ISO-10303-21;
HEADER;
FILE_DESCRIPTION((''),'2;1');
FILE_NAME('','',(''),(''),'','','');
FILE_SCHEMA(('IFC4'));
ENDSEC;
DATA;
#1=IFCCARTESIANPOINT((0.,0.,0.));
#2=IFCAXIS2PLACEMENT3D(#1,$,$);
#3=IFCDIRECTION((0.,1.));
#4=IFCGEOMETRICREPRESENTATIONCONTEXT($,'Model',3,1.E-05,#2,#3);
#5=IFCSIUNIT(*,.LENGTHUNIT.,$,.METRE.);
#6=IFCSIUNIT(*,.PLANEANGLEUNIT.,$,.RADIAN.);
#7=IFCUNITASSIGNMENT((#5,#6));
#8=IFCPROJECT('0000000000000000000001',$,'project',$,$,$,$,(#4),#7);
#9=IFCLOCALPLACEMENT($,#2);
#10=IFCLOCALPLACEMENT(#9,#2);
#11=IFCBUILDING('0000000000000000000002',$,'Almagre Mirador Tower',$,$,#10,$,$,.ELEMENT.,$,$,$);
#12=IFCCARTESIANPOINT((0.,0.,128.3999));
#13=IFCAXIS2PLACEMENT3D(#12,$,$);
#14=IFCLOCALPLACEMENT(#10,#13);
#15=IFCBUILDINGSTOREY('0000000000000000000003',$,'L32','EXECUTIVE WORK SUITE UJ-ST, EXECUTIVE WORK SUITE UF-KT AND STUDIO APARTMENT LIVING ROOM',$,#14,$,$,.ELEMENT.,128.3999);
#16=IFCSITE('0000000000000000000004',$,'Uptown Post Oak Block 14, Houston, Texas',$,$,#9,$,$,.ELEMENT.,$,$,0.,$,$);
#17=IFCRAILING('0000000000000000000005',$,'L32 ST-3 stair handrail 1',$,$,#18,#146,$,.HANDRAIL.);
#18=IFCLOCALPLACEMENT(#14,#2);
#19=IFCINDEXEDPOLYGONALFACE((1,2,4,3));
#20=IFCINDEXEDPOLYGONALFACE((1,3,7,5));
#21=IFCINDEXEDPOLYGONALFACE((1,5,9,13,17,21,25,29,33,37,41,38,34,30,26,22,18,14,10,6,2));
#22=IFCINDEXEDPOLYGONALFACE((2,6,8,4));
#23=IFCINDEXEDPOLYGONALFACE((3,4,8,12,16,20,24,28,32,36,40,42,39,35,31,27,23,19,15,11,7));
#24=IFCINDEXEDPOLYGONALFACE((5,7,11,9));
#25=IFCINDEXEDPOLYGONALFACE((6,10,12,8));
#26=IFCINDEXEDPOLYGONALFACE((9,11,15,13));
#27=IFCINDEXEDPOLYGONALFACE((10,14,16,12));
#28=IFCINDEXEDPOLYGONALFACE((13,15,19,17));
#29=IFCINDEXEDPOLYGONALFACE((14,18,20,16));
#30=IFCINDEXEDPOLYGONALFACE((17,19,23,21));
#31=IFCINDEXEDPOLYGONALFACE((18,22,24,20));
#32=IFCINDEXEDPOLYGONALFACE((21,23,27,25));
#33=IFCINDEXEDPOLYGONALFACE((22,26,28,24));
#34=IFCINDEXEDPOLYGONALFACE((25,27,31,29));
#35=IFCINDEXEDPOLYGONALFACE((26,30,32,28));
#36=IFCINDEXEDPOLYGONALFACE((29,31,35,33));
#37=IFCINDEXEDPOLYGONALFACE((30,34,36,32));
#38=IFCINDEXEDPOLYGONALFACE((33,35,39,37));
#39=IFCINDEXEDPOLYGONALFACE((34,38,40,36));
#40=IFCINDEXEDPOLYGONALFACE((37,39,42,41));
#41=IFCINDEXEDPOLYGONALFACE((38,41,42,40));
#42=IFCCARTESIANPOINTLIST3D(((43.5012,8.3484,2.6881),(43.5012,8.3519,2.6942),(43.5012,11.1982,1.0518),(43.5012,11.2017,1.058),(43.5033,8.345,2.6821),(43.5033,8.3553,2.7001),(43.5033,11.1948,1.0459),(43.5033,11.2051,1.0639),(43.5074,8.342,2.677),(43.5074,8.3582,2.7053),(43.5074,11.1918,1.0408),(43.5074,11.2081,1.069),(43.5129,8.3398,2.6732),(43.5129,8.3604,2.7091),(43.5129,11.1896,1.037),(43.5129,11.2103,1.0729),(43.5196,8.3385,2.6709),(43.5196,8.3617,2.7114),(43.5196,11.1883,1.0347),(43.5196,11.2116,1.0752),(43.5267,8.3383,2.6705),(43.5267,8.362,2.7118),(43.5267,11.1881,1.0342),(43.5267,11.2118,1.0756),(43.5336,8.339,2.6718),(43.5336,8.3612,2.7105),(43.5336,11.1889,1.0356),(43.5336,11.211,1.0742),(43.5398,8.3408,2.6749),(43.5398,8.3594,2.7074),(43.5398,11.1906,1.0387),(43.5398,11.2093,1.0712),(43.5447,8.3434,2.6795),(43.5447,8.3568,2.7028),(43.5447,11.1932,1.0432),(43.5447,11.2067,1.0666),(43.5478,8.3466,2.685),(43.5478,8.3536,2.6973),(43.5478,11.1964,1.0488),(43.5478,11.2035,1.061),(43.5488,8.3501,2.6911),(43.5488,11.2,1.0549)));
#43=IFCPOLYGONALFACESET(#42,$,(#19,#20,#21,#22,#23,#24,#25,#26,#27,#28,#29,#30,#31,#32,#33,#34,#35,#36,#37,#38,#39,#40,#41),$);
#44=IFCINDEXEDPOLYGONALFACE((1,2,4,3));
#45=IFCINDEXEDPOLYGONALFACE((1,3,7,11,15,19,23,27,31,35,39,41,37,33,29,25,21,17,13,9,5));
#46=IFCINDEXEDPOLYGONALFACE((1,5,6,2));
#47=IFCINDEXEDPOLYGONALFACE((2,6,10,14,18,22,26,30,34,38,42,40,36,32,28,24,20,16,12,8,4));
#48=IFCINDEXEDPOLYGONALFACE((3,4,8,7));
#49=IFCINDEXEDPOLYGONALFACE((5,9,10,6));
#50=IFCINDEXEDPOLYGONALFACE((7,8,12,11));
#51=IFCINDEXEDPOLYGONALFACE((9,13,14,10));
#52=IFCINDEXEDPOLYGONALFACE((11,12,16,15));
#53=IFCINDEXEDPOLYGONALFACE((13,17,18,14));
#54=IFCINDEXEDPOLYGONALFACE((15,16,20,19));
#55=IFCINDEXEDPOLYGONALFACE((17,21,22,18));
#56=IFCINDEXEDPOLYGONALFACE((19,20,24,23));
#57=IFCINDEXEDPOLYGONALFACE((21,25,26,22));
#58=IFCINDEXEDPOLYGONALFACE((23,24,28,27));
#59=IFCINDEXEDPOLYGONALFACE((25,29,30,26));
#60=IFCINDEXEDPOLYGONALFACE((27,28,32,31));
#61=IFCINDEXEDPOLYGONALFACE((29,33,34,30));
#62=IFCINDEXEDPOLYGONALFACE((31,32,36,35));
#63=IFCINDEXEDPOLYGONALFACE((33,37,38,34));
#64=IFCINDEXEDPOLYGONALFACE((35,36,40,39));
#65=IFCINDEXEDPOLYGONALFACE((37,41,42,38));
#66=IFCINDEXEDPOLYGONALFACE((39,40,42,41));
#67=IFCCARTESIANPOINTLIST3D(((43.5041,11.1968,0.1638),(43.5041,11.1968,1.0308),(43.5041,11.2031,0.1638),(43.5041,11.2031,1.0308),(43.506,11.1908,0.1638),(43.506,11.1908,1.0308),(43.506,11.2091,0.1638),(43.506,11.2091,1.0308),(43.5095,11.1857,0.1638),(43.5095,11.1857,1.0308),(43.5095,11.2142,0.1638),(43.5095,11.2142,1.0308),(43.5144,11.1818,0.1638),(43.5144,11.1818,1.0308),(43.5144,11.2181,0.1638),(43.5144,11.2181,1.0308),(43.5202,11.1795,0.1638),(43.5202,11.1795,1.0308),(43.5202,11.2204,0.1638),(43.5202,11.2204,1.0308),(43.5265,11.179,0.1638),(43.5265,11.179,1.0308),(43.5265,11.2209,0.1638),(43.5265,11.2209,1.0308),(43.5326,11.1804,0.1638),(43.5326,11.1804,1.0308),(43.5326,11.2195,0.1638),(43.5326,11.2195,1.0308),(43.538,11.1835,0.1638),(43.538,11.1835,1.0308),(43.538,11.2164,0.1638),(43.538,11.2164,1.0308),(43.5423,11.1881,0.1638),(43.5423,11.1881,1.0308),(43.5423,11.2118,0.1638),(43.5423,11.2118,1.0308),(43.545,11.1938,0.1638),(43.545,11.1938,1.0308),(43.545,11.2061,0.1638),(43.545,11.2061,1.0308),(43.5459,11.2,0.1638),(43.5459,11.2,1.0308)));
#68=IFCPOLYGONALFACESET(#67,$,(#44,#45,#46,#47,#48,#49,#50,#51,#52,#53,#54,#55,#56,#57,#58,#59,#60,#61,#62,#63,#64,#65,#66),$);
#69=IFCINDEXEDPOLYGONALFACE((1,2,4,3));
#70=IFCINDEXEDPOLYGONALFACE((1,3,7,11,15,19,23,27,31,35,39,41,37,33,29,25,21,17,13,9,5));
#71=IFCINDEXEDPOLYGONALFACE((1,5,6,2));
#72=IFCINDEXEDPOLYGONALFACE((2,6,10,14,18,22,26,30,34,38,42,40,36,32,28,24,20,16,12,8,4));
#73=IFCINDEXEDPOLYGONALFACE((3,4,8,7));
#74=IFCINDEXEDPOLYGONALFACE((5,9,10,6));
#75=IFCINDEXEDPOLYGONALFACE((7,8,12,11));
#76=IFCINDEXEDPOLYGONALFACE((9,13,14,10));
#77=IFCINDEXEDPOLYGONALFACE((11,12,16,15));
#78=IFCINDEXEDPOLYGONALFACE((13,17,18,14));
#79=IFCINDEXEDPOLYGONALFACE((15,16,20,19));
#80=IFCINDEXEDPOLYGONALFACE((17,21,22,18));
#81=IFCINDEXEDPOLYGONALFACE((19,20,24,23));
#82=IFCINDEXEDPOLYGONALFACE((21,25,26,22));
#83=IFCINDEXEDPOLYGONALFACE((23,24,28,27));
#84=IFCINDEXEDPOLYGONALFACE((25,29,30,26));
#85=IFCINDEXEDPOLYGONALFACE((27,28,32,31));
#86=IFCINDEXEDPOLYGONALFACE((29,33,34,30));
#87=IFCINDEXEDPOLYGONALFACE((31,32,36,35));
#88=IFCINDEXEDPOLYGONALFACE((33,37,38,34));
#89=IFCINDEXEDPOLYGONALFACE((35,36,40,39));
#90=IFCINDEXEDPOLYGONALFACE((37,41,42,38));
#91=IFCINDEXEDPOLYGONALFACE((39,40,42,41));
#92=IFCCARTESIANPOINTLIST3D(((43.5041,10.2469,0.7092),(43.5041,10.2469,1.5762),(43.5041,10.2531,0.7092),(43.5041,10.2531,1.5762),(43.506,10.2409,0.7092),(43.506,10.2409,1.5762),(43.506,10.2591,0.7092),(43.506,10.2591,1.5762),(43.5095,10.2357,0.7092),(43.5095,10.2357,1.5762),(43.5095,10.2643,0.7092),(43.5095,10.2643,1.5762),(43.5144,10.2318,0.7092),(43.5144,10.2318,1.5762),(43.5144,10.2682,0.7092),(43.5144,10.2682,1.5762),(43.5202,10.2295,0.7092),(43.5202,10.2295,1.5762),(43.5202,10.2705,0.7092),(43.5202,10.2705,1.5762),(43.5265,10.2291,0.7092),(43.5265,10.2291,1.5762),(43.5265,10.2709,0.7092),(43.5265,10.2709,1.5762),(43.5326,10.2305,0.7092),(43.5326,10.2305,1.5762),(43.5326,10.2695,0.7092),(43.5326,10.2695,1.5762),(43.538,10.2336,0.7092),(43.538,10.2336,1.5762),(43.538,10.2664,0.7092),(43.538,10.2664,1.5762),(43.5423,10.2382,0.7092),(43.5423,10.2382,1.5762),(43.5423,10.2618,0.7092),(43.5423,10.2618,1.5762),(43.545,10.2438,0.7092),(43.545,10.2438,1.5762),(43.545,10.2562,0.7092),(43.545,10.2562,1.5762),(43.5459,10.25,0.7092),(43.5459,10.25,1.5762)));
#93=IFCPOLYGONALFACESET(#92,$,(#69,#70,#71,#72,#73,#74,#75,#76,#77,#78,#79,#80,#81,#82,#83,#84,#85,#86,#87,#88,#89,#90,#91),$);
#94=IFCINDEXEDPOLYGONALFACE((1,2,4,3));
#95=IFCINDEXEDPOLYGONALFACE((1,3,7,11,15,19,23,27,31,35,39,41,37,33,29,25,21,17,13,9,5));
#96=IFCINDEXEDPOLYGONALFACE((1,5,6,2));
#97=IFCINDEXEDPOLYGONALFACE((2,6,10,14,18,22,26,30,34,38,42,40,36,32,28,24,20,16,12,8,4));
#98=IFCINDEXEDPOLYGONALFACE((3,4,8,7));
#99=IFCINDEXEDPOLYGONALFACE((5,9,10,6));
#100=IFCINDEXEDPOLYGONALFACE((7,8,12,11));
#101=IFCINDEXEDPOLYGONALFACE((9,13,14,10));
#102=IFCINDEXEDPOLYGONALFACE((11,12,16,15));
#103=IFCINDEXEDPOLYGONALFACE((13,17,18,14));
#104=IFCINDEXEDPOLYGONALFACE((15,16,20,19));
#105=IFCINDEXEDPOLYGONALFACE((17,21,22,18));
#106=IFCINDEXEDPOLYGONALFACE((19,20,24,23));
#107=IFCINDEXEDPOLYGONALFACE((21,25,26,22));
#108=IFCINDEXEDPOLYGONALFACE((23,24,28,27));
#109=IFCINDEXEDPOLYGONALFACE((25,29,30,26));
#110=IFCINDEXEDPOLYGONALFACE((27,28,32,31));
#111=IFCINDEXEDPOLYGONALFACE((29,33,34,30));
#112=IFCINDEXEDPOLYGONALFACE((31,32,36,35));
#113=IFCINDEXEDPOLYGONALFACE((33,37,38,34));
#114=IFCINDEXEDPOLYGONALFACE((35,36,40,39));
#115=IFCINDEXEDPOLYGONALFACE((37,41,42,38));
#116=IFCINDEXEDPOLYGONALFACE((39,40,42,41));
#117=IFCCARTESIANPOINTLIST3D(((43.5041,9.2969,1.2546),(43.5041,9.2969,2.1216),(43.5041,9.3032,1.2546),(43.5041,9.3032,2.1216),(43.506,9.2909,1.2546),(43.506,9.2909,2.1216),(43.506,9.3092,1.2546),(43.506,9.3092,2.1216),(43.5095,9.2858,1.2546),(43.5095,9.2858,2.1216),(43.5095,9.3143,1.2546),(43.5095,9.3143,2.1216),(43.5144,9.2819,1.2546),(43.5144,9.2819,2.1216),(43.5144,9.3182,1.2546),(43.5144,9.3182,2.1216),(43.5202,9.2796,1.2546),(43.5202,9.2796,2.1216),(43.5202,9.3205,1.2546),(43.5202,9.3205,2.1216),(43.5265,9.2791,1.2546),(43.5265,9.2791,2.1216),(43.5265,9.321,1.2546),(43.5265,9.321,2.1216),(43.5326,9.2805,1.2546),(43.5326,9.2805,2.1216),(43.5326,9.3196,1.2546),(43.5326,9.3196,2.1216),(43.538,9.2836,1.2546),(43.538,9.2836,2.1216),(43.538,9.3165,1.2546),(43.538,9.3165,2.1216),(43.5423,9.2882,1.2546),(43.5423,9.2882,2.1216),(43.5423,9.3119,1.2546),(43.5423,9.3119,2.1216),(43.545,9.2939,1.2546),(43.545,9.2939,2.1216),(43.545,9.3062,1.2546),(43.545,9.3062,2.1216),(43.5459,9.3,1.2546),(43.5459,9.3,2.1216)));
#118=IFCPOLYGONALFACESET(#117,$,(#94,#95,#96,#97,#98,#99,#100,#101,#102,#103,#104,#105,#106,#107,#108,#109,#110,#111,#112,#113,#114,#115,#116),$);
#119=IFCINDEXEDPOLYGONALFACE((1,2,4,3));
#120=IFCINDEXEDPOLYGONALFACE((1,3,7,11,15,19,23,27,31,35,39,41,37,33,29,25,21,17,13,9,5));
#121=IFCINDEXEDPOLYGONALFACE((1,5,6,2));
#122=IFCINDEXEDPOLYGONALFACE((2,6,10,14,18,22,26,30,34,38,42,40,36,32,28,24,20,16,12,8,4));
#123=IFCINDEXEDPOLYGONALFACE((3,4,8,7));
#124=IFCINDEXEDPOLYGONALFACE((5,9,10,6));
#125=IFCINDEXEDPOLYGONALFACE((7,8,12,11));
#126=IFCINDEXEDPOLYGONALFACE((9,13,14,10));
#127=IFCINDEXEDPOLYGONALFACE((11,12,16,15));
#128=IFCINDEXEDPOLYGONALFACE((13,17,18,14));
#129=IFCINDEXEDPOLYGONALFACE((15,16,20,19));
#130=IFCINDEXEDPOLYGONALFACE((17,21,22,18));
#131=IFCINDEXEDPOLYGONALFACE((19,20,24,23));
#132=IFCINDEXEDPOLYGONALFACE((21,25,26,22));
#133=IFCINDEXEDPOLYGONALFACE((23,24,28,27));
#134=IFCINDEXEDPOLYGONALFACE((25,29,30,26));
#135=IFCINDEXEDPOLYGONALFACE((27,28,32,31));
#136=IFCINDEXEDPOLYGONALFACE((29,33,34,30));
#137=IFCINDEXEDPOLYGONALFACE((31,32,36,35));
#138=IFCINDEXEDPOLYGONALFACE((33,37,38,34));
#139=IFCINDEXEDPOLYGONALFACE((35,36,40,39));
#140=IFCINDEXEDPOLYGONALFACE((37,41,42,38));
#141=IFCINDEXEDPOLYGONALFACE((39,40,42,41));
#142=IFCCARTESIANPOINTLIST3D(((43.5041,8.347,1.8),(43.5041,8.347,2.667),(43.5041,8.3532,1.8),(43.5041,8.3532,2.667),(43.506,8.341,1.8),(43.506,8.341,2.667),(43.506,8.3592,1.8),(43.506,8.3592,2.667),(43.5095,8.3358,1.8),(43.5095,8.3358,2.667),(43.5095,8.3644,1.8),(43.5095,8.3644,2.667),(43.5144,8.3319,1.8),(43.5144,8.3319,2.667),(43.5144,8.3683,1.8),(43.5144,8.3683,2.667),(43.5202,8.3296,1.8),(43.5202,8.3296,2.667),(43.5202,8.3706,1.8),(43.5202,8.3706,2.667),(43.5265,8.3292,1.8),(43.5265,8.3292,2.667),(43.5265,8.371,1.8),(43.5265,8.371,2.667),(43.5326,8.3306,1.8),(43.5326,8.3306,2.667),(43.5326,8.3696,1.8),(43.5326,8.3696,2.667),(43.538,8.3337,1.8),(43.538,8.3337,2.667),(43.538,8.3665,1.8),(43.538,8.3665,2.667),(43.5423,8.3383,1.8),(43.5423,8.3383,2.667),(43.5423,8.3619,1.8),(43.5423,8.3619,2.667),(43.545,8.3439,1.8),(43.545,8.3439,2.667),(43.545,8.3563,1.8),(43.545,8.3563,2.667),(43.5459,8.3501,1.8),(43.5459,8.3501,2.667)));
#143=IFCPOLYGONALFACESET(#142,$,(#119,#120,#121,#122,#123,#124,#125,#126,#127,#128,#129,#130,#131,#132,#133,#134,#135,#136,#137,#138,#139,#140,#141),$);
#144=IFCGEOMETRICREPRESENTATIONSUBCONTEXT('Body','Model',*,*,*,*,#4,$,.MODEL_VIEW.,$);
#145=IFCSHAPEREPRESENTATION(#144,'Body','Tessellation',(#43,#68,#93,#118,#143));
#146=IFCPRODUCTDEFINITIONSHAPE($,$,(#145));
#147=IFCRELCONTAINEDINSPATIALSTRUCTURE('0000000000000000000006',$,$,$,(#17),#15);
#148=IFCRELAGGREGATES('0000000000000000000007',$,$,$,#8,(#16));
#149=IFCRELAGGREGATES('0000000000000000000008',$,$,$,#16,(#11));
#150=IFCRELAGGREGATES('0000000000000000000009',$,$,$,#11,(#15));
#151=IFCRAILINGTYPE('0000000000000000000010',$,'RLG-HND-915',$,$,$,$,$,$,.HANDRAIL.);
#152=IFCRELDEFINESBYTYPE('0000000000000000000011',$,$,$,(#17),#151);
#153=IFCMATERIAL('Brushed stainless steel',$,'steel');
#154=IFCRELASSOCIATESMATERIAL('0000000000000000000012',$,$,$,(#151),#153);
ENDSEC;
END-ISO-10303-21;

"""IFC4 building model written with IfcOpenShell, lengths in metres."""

from ifc_helpers import new_model, si_unit, direction, frame, origin, origin_2d, place, context, subcontext, project, spatial, circle, extrude, material, type_object, element, save


model = new_model("IFC4")

# Units and contexts
model_context = context("Model", 3, precision=1e-05, world=origin(), true_north=direction((0.0, 1.0)))
body_context = subcontext(model_context, "Body", "Model", "MODEL_VIEW")
ifc_project = project(units=[si_unit("LENGTHUNIT", "METRE"), si_unit("PLANEANGLEUNIT", "RADIAN")], contexts=[model_context])

# Site, building, storey
site_placement = place(None, origin())
site = spatial("IfcSite", under=ifc_project, at=site_placement, Name="Uptown Post Oak Block 14, Houston, Texas", CompositionType="ELEMENT", RefElevation=0.0)
building_placement = place(site_placement, origin())
building = spatial("IfcBuilding", under=site, at=building_placement, Name="Almagre Mirador Tower", CompositionType="ELEMENT")
storey_placement = place(building_placement, frame((0.0, 0.0, 128.3999)))
storey = spatial("IfcBuildingStorey", under=building, at=storey_placement, Name="L32", Description="EXECUTIVE WORK SUITE UJ-ST, EXECUTIVE WORK SUITE UF-KT AND STUDIO APARTMENT LIVING ROOM", CompositionType="ELEMENT", Elevation=128.3999)

# Railing
ifc_material_1 = material(Name="Brushed stainless steel", Category="steel")
railing_type_1 = type_object("IfcRailingType", Name="RLG-HND-915", PredefinedType="HANDRAIL", material=ifc_material_1)
railing_1_placement = place(storey_placement, frame((43.5249, 11.2, 0.1638)))
element("IfcRailing", 1, at=railing_1_placement, inside=storey, type_object=railing_type_1, Name="L32 ST-3 stair handrail 1", PredefinedType="HANDRAIL", context=body_context, shape_type="SweptSolid", body=[
    extrude(circle(Radius=0.0239, at=origin_2d()), frame((0.0, 0.0, 0.8911), z_axis=(0.0, -0.867226, 0.497914), x_axis=(1.0, 0.0, 0.0)), (0.0, 0.0, 1.0), 3.2861),
    extrude(circle(Radius=0.021, at=origin_2d()), origin(), (0.0, 0.0, 1.0), 0.8669),
    extrude(circle(Radius=0.021, at=origin_2d()), frame((0.0, -0.95, 0.5454)), (0.0, 0.0, 1.0), 0.8669),
    extrude(circle(Radius=0.021, at=origin_2d()), frame((0.0, -1.8999, 1.0908)), (0.0, 0.0, 1.0), 0.8669),
    extrude(circle(Radius=0.021, at=origin_2d()), frame((0.0, -2.8499, 1.6362)), (0.0, 0.0, 1.0), 0.8669),
])

save(model, "model.ifc")
